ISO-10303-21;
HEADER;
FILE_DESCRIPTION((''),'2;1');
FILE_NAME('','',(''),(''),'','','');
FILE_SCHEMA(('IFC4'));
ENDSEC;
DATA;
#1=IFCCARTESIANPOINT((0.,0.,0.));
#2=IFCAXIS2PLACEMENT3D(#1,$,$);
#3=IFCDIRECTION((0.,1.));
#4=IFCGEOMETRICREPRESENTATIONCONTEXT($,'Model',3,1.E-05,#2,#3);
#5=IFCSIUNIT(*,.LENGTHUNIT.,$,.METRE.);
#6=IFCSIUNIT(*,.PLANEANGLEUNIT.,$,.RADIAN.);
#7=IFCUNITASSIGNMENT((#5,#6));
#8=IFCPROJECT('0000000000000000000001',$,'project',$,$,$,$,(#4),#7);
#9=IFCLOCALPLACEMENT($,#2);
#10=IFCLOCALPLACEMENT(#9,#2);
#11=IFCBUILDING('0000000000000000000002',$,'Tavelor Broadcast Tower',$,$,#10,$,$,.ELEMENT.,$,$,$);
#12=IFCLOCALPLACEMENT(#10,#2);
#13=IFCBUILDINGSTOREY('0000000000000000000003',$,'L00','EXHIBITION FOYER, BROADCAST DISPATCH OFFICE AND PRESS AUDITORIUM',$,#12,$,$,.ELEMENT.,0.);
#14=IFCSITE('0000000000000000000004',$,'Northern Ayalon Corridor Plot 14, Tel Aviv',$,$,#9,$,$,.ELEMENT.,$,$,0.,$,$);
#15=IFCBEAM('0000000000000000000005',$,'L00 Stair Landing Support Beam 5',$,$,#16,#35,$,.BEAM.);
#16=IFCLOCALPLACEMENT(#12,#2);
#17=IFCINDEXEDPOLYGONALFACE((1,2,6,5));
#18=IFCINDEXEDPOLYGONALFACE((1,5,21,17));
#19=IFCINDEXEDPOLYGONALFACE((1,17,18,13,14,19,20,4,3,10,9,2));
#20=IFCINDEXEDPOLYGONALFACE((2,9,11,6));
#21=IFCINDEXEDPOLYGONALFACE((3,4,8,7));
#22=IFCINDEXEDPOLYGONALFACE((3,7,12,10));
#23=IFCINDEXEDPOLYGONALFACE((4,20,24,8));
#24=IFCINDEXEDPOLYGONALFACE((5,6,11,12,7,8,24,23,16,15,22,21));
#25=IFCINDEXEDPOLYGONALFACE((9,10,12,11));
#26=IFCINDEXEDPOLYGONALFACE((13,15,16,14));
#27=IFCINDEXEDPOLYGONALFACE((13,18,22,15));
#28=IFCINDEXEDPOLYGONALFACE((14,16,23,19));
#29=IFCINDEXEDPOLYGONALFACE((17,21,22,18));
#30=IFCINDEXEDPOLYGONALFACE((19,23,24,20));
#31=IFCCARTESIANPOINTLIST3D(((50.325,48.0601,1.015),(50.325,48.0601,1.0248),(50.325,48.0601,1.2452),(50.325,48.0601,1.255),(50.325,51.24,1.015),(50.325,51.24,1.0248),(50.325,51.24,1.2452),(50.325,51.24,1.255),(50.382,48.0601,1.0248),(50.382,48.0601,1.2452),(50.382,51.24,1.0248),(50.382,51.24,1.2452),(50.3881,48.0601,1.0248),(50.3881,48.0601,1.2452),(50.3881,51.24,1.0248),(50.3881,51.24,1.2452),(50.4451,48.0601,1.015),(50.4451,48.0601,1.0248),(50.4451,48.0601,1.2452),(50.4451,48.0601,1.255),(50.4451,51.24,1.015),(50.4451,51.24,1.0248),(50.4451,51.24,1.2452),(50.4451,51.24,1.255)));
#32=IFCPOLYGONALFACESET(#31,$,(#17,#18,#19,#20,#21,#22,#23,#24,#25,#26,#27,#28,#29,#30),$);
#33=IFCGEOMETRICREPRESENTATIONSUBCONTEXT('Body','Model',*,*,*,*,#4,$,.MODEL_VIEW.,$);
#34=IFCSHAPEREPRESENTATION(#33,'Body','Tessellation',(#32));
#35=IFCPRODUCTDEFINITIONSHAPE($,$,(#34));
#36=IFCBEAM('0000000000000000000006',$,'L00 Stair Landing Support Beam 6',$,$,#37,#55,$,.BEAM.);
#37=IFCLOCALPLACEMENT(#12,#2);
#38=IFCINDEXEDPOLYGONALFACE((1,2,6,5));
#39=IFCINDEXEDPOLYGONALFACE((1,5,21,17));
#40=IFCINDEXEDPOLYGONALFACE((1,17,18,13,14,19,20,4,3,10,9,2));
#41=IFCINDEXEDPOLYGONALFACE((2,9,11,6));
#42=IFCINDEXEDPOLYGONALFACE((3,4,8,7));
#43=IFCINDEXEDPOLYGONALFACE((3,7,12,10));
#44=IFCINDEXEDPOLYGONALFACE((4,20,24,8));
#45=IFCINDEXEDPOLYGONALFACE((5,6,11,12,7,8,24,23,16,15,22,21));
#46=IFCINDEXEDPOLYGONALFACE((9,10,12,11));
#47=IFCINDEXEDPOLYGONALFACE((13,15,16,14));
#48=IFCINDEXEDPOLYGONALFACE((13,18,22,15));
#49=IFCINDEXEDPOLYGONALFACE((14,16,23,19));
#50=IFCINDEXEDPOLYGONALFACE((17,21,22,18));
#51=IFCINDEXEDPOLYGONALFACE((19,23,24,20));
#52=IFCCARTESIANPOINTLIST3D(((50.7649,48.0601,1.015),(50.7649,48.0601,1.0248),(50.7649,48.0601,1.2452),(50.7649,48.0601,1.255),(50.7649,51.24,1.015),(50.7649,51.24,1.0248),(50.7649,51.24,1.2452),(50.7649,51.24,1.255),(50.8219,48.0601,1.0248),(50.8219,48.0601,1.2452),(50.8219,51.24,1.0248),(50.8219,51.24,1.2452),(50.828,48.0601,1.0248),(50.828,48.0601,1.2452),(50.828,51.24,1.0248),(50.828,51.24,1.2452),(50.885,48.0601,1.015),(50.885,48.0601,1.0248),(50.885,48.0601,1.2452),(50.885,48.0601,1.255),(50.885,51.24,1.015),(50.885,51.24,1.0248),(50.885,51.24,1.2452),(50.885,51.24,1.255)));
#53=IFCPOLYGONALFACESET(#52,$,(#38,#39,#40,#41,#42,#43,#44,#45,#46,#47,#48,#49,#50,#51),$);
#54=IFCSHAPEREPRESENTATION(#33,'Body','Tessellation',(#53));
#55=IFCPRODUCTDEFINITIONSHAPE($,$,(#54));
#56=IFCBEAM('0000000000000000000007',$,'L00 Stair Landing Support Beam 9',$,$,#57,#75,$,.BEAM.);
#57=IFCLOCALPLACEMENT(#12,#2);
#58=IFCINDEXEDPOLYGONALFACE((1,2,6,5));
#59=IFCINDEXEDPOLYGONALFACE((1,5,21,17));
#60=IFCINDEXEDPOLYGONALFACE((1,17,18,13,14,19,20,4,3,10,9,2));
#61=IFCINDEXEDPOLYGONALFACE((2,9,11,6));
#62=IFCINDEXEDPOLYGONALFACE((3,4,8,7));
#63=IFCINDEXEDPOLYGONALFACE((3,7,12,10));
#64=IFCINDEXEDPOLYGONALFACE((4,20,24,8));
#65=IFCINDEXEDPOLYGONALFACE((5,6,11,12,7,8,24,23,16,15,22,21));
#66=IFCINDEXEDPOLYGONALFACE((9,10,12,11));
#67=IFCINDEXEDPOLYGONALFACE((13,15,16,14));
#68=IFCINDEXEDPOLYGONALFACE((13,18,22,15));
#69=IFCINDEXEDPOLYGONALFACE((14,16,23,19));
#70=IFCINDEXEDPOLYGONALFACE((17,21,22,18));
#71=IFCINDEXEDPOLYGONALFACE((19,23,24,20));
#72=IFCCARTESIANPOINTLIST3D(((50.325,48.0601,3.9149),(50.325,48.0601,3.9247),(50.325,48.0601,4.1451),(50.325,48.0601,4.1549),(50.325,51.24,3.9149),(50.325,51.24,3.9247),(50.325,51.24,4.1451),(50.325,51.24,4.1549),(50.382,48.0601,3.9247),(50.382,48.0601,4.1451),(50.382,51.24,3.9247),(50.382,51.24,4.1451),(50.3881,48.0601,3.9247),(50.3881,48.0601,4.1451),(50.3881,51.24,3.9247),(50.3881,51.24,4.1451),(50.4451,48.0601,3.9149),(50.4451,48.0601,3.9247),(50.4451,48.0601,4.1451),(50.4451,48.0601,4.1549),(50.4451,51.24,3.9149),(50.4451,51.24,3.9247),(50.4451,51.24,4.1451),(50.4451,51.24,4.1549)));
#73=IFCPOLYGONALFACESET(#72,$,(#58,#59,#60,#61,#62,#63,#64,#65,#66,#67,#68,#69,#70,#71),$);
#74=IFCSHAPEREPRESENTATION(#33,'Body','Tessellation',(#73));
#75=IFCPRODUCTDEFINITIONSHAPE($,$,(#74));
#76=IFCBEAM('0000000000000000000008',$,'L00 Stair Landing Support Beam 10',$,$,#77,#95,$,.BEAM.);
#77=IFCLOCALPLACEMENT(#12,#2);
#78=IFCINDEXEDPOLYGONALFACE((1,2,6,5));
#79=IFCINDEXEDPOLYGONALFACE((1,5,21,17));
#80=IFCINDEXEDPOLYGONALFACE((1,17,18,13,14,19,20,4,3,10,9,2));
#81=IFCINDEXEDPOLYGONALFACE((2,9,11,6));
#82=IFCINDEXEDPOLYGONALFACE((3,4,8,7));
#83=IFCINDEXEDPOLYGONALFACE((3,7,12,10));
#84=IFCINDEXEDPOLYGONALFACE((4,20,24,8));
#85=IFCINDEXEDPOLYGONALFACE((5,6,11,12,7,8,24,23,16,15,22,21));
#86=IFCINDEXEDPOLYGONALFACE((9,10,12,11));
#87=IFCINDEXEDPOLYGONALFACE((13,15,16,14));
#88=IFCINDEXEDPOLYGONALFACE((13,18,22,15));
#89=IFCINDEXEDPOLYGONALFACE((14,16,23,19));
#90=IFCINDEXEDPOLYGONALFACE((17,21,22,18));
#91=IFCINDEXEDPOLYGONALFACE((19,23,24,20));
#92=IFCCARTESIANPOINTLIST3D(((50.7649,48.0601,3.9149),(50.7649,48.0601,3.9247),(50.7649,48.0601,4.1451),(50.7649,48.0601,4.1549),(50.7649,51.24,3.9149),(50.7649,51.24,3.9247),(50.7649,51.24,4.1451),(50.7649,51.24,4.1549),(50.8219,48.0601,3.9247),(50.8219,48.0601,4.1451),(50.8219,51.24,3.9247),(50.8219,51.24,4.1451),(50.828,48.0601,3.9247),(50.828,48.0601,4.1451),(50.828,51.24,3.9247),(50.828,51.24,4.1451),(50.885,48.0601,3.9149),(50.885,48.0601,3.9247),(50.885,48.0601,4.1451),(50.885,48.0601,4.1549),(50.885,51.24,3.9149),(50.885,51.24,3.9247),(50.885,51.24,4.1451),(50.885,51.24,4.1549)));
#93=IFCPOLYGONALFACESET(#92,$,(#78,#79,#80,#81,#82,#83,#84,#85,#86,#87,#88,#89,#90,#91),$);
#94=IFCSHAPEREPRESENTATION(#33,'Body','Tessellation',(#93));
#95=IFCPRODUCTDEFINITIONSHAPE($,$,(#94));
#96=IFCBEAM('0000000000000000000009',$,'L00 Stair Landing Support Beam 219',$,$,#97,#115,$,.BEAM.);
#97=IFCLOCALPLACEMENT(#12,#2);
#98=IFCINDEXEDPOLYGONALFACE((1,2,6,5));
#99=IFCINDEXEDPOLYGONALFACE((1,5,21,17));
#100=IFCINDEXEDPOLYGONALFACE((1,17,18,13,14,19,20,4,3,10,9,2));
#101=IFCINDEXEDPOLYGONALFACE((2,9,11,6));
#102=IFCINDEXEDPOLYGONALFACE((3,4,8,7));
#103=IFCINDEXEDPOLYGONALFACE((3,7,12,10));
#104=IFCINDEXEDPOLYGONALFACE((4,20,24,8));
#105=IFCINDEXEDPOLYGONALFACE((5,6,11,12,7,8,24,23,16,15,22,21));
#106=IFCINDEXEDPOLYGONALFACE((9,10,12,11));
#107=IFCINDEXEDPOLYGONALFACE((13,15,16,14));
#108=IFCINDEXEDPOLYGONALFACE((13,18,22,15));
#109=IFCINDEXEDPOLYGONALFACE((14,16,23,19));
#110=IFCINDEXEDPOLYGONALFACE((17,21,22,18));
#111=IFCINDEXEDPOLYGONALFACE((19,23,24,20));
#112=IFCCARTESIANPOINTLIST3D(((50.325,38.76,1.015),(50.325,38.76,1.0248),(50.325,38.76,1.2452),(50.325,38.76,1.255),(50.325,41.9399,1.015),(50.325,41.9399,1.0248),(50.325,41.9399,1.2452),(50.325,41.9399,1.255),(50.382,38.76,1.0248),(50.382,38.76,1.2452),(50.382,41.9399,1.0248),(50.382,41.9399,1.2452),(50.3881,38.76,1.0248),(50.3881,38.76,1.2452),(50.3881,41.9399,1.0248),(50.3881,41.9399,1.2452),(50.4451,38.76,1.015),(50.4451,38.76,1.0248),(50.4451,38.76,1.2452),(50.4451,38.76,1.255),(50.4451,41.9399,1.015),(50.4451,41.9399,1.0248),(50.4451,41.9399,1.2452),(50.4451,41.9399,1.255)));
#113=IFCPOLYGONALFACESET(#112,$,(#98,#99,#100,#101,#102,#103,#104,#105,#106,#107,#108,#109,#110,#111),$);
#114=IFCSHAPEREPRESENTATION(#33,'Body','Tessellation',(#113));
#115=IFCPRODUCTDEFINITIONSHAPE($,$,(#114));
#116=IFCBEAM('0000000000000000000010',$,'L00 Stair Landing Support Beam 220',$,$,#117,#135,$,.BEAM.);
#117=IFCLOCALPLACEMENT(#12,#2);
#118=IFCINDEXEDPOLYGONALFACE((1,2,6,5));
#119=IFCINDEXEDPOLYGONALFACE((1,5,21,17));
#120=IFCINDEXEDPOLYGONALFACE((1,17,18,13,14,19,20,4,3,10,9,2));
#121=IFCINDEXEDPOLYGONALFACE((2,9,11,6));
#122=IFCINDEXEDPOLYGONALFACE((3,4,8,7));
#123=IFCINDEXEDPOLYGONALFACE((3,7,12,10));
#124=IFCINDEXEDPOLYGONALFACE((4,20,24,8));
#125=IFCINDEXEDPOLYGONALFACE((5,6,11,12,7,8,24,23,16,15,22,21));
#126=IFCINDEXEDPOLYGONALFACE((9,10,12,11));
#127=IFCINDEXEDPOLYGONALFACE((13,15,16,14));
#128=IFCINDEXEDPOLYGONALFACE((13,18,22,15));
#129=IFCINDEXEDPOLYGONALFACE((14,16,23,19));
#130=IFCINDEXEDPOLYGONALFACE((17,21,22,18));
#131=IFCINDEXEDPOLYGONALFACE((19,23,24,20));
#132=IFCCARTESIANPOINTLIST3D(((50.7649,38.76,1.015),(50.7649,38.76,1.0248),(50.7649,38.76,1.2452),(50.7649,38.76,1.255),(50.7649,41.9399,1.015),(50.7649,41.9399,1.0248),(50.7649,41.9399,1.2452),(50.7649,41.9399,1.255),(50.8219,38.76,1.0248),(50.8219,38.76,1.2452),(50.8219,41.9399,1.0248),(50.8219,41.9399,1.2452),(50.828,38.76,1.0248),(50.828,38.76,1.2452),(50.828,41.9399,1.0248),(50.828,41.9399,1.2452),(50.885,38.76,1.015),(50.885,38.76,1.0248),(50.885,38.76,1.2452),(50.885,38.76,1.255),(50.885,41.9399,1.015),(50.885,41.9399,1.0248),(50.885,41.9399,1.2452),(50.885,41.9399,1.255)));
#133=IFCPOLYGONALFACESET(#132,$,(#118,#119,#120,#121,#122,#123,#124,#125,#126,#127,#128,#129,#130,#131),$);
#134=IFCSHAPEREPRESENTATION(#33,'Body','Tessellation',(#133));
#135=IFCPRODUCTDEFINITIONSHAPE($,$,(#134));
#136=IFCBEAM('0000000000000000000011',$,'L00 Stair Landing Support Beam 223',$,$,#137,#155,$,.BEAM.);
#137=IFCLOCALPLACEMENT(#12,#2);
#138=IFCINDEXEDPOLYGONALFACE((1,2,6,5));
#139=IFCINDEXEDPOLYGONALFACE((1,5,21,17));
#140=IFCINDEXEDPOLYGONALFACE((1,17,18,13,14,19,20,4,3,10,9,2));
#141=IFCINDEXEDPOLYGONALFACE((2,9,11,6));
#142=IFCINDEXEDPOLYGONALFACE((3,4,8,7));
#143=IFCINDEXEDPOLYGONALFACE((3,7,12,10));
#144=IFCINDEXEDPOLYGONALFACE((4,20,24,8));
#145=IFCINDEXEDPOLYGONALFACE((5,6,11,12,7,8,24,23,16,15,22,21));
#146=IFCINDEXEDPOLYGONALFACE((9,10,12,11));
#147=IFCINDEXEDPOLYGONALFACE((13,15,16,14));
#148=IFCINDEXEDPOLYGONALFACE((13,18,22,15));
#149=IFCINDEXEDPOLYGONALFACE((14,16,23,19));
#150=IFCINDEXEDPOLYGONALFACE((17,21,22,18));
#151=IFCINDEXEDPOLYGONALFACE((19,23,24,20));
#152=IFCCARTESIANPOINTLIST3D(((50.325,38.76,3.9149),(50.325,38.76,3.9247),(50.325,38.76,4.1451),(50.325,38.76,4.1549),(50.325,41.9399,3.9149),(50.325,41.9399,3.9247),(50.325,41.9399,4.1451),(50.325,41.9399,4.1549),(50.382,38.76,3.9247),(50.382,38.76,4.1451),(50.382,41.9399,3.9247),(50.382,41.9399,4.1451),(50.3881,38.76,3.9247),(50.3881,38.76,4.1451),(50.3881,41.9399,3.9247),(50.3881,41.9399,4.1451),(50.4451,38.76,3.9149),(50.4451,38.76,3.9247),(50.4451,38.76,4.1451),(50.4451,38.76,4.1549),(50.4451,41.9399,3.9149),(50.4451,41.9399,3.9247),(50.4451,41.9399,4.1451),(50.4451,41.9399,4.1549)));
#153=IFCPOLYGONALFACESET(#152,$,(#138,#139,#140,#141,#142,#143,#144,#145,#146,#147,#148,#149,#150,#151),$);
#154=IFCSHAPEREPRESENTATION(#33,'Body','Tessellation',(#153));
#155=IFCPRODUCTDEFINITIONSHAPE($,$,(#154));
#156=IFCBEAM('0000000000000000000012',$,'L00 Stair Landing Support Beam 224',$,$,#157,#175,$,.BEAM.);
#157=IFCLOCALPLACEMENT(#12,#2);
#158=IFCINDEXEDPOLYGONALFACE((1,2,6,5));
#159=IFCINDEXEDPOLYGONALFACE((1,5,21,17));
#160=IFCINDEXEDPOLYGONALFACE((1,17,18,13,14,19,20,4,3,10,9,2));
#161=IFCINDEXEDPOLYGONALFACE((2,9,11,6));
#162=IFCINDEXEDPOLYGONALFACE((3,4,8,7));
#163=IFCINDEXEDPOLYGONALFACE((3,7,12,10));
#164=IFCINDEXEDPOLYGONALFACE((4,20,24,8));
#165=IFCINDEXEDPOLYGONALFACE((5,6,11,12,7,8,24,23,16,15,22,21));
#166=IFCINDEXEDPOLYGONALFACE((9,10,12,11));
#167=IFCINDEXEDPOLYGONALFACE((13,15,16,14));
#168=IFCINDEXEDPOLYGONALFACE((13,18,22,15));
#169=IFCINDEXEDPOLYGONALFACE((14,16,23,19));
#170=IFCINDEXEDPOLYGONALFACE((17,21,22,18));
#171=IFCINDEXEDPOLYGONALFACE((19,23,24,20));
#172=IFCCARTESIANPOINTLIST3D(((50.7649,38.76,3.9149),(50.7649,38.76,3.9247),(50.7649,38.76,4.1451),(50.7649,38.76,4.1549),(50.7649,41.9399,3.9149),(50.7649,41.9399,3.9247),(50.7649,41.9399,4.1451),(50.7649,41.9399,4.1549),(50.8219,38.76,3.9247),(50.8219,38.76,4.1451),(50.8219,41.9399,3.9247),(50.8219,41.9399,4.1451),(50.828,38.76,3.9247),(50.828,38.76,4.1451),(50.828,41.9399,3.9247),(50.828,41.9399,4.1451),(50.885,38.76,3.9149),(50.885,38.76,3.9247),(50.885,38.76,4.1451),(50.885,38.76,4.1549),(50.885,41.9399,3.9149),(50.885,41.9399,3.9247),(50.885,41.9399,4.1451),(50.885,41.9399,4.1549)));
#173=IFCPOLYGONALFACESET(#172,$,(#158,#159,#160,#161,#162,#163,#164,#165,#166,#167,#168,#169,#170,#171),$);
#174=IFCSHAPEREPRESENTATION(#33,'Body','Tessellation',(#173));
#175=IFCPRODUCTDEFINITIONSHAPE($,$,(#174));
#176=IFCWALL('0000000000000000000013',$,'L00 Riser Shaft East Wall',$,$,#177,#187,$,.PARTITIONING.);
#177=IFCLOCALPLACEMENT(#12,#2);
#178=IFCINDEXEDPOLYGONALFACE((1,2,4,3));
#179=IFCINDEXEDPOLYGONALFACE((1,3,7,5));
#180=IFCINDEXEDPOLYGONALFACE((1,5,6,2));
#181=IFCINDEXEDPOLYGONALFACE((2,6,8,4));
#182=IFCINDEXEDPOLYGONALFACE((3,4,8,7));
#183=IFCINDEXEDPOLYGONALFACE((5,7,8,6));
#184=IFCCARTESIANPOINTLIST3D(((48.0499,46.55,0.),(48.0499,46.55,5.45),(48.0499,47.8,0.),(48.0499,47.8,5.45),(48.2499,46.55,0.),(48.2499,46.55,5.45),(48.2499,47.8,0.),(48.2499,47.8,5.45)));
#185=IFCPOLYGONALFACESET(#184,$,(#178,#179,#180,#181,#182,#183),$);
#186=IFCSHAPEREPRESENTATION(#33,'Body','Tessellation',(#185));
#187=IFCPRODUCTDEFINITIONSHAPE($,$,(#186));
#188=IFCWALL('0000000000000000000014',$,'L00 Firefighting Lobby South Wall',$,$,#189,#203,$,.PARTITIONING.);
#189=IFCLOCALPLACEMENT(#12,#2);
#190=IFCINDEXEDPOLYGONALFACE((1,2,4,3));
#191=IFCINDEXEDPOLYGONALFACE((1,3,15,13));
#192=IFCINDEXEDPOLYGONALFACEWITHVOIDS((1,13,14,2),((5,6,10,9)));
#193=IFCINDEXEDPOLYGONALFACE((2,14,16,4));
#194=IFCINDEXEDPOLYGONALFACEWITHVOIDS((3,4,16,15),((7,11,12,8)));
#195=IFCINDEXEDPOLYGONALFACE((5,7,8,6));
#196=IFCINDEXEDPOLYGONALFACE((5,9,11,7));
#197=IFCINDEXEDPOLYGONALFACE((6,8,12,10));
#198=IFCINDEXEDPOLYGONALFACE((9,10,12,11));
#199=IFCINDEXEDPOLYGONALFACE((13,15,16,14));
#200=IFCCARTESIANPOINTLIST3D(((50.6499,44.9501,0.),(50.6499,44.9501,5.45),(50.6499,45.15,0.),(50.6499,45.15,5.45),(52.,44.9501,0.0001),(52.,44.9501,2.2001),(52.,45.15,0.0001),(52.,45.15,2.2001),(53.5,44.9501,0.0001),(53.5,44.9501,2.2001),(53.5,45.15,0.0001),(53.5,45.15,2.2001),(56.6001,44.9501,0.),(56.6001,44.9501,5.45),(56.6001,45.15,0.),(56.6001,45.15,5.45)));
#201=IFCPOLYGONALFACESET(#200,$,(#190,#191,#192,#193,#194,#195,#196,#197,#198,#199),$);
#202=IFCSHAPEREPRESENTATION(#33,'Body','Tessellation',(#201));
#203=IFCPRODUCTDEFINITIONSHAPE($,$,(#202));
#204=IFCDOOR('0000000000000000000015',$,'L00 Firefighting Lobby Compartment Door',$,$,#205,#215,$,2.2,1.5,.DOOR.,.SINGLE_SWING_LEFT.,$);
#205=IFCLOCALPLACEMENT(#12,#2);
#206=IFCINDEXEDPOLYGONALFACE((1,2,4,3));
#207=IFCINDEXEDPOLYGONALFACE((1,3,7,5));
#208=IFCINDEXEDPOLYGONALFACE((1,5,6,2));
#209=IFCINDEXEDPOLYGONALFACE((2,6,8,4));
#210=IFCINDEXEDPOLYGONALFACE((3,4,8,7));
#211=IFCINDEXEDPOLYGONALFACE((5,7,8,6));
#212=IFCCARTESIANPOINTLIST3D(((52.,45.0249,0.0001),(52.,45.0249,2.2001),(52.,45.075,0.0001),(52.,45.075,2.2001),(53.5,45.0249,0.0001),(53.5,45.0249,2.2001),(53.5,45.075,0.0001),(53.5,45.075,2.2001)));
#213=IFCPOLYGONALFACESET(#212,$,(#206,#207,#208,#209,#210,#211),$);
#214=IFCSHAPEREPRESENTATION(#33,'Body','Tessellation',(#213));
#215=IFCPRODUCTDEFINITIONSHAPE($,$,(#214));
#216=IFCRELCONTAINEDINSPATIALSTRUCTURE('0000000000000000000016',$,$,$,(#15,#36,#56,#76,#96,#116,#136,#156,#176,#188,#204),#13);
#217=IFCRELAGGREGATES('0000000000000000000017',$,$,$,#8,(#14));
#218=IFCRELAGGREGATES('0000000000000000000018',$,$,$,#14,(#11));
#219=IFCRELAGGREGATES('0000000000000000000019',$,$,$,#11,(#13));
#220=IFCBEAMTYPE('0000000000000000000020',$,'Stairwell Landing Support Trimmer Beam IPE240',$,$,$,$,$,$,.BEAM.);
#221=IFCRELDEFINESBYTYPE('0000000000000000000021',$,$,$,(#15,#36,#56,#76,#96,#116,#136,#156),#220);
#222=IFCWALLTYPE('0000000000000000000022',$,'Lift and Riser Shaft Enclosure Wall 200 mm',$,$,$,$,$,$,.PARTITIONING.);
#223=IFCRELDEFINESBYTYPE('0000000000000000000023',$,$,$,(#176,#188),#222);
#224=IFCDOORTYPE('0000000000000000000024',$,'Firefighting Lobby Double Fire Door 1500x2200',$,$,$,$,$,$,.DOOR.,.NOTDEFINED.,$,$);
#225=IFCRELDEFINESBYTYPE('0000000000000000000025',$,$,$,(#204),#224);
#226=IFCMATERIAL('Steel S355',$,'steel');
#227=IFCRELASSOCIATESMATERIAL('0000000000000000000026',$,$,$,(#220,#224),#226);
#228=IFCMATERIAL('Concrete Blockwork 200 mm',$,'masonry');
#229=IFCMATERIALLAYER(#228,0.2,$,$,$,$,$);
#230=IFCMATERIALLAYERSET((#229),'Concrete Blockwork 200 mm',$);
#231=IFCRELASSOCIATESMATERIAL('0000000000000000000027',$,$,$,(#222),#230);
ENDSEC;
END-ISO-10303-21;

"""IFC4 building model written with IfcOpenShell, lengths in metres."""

from ifc_helpers import new_model, si_unit, direction, frame, frame_2d, origin, origin_2d, place, context, subcontext, project, spatial, rectangle, i_section, extrude, material, layer, layer_set, material_profile, profile_set, type_object, element, fill, save


model = new_model("IFC4")

# Units and contexts
model_context = context("Model", 3, precision=1e-05, world=origin(), true_north=direction((0.0, 1.0)))
body_context = subcontext(model_context, "Body", "Model", "MODEL_VIEW")
ifc_project = project(units=[si_unit("LENGTHUNIT", "METRE"), si_unit("PLANEANGLEUNIT", "RADIAN")], contexts=[model_context])

# Site, building, storey
site_placement = place(None, origin())
site = spatial("IfcSite", under=ifc_project, at=site_placement, Name="Northern Ayalon Corridor Plot 14, Tel Aviv", CompositionType="ELEMENT", RefElevation=0.0)
building_placement = place(site_placement, origin())
building = spatial("IfcBuilding", under=site, at=building_placement, Name="Tavelor Broadcast Tower", CompositionType="ELEMENT")
storey_placement = place(building_placement, origin())
storey = spatial("IfcBuildingStorey", under=building, at=storey_placement, Name="L00", Description="EXHIBITION FOYER, BROADCAST DISPATCH OFFICE AND PRESS AUDITORIUM", CompositionType="ELEMENT", Elevation=0.0)

# Beams
ifc_material_1 = material(Name="Steel S355", Category="steel")
ifc_material_profile = material_profile(ifc_material_1, i_section(OverallWidth=0.1201, OverallDepth=0.24, WebThickness=0.0061, FlangeThickness=0.0098, at=origin_2d()), Name="IPE 240")
ifc_profile_set = profile_set([ifc_material_profile], Name="Steel S355")
beam_type = type_object("IfcBeamType", Name="Stairwell Landing Support Trimmer Beam IPE240", PredefinedType="BEAM", material=ifc_profile_set)
for number, where, z_axis, x_axis, name in (
    (1, (50.385, 48.0601, 1.135), (0.0, 1.0, 0.0), (-1.0, 0.0, 0.0), "L00 Stair Landing Support Beam 5"),
    (2, (50.825, 48.0601, 1.135), (0.0, 1.0, 0.0), (-1.0, 0.0, 0.0), "L00 Stair Landing Support Beam 6"),
    (3, (50.385, 48.0601, 4.0349), (0.0, 1.0, 0.0), (-1.0, 0.0, 0.0), "L00 Stair Landing Support Beam 9"),
    (4, (50.825, 48.0601, 4.0349), (0.0, 1.0, 0.0), (-1.0, 0.0, 0.0), "L00 Stair Landing Support Beam 10"),
    (5, (50.385, 38.76, 1.135), (0.0, 1.0, 0.0), (-1.0, 0.0, 0.0), "L00 Stair Landing Support Beam 219"),
    (6, (50.825, 38.76, 1.135), (0.0, 1.0, 0.0), (-1.0, 0.0, 0.0), "L00 Stair Landing Support Beam 220"),
    (7, (50.385, 38.76, 4.0349), (0.0, 1.0, 0.0), (-1.0, 0.0, 0.0), "L00 Stair Landing Support Beam 223"),
    (8, (50.825, 38.76, 4.0349), (0.0, 1.0, 0.0), (-1.0, 0.0, 0.0), "L00 Stair Landing Support Beam 224"),
):
    element("IfcBeam", number, at=place(storey_placement, frame(where, z_axis=z_axis, x_axis=x_axis)), inside=storey, type_object=beam_type, Name=name, PredefinedType="BEAM", context=body_context, shape_type="SweptSolid", body=[
        extrude(i_section(OverallWidth=0.1201, OverallDepth=0.24, WebThickness=0.0061, FlangeThickness=0.0098, at=origin_2d()), origin(), (0.0, 0.0, 1.0), 3.1799),
    ])

# Shared definitions
ifc_material_2 = material(Name="Concrete Blockwork 200 mm", Category="masonry")

# Wall
ifc_layer_1 = layer(ifc_material_2, 0.2)
ifc_layer_set_1 = layer_set([ifc_layer_1], Name="Concrete Blockwork 200 mm")
wall_type_1 = type_object("IfcWallType", Name="Lift and Riser Shaft Enclosure Wall 200 mm", PredefinedType="PARTITIONING", material=ifc_layer_set_1)
wall_1_placement = place(storey_placement, frame((48.1499, 46.55, 0.0), z_axis=(0.0, 0.0, 1.0), x_axis=(0.0, 1.0, 0.0)))
element("IfcWall", 9, at=wall_1_placement, inside=storey, type_object=wall_type_1, Name="L00 Riser Shaft East Wall", PredefinedType="PARTITIONING", context=body_context, shape_type="SweptSolid", body=[
    extrude(rectangle(XDim=1.25, YDim=0.2, at=frame_2d((0.625, 0.0))), origin(), (0.0, 0.0, 1.0), 5.45),
])

# Wall, opening, door
wall_2_placement = place(storey_placement, frame((50.6499, 45.05, 0.0), z_axis=(0.0, 0.0, 1.0), x_axis=(1.0, 0.0, 0.0)))
wall_2 = element("IfcWall", 10, at=wall_2_placement, inside=storey, type_object=wall_type_1, Name="L00 Firefighting Lobby South Wall", PredefinedType="PARTITIONING", context=body_context, shape_type="SweptSolid", body=[
    extrude(rectangle(XDim=5.9502, YDim=0.2, at=frame_2d((2.9751, 0.0))), origin(), (0.0, 0.0, 1.0), 5.45),
])
opening_1_placement = place(wall_2_placement, frame((1.3501, 0.0, 0.0)))
opening_1 = element("IfcOpeningElement", 11, at=opening_1_placement, cuts=wall_2, PredefinedType="OPENING", context=body_context, shape_type="SweptSolid", body=[
    extrude(rectangle(XDim=1.5, YDim=2.2, at=frame_2d((0.75, 1.1001))), frame((0.0, 0.1099, 0.0), z_axis=(0.0, -1.0, 0.0), x_axis=(1.0, 0.0, 0.0)), (0.0, 0.0, 1.0), 0.22),
])
door_type_1 = type_object("IfcDoorType", Name="Firefighting Lobby Double Fire Door 1500x2200", OperationType="NOTDEFINED", PredefinedType="DOOR", material=ifc_material_1)
door_1_placement = place(opening_1_placement, origin())
door_1 = element("IfcDoor", 12, at=door_1_placement, inside=storey, type_object=door_type_1, Name="L00 Firefighting Lobby Compartment Door", OperationType="SINGLE_SWING_LEFT", OverallHeight=2.2, OverallWidth=1.5, PredefinedType="DOOR", context=body_context, shape_type="SweptSolid", body=[
    extrude(rectangle(XDim=1.5, YDim=2.2, at=frame_2d((0.75, 1.1001))), frame((0.0, 0.0249, 0.0), z_axis=(0.0, -1.0, 0.0), x_axis=(1.0, 0.0, 0.0)), (0.0, 0.0, 1.0), 0.05),
])
fill(opening_1, door_1)

save(model, "model.ifc")
